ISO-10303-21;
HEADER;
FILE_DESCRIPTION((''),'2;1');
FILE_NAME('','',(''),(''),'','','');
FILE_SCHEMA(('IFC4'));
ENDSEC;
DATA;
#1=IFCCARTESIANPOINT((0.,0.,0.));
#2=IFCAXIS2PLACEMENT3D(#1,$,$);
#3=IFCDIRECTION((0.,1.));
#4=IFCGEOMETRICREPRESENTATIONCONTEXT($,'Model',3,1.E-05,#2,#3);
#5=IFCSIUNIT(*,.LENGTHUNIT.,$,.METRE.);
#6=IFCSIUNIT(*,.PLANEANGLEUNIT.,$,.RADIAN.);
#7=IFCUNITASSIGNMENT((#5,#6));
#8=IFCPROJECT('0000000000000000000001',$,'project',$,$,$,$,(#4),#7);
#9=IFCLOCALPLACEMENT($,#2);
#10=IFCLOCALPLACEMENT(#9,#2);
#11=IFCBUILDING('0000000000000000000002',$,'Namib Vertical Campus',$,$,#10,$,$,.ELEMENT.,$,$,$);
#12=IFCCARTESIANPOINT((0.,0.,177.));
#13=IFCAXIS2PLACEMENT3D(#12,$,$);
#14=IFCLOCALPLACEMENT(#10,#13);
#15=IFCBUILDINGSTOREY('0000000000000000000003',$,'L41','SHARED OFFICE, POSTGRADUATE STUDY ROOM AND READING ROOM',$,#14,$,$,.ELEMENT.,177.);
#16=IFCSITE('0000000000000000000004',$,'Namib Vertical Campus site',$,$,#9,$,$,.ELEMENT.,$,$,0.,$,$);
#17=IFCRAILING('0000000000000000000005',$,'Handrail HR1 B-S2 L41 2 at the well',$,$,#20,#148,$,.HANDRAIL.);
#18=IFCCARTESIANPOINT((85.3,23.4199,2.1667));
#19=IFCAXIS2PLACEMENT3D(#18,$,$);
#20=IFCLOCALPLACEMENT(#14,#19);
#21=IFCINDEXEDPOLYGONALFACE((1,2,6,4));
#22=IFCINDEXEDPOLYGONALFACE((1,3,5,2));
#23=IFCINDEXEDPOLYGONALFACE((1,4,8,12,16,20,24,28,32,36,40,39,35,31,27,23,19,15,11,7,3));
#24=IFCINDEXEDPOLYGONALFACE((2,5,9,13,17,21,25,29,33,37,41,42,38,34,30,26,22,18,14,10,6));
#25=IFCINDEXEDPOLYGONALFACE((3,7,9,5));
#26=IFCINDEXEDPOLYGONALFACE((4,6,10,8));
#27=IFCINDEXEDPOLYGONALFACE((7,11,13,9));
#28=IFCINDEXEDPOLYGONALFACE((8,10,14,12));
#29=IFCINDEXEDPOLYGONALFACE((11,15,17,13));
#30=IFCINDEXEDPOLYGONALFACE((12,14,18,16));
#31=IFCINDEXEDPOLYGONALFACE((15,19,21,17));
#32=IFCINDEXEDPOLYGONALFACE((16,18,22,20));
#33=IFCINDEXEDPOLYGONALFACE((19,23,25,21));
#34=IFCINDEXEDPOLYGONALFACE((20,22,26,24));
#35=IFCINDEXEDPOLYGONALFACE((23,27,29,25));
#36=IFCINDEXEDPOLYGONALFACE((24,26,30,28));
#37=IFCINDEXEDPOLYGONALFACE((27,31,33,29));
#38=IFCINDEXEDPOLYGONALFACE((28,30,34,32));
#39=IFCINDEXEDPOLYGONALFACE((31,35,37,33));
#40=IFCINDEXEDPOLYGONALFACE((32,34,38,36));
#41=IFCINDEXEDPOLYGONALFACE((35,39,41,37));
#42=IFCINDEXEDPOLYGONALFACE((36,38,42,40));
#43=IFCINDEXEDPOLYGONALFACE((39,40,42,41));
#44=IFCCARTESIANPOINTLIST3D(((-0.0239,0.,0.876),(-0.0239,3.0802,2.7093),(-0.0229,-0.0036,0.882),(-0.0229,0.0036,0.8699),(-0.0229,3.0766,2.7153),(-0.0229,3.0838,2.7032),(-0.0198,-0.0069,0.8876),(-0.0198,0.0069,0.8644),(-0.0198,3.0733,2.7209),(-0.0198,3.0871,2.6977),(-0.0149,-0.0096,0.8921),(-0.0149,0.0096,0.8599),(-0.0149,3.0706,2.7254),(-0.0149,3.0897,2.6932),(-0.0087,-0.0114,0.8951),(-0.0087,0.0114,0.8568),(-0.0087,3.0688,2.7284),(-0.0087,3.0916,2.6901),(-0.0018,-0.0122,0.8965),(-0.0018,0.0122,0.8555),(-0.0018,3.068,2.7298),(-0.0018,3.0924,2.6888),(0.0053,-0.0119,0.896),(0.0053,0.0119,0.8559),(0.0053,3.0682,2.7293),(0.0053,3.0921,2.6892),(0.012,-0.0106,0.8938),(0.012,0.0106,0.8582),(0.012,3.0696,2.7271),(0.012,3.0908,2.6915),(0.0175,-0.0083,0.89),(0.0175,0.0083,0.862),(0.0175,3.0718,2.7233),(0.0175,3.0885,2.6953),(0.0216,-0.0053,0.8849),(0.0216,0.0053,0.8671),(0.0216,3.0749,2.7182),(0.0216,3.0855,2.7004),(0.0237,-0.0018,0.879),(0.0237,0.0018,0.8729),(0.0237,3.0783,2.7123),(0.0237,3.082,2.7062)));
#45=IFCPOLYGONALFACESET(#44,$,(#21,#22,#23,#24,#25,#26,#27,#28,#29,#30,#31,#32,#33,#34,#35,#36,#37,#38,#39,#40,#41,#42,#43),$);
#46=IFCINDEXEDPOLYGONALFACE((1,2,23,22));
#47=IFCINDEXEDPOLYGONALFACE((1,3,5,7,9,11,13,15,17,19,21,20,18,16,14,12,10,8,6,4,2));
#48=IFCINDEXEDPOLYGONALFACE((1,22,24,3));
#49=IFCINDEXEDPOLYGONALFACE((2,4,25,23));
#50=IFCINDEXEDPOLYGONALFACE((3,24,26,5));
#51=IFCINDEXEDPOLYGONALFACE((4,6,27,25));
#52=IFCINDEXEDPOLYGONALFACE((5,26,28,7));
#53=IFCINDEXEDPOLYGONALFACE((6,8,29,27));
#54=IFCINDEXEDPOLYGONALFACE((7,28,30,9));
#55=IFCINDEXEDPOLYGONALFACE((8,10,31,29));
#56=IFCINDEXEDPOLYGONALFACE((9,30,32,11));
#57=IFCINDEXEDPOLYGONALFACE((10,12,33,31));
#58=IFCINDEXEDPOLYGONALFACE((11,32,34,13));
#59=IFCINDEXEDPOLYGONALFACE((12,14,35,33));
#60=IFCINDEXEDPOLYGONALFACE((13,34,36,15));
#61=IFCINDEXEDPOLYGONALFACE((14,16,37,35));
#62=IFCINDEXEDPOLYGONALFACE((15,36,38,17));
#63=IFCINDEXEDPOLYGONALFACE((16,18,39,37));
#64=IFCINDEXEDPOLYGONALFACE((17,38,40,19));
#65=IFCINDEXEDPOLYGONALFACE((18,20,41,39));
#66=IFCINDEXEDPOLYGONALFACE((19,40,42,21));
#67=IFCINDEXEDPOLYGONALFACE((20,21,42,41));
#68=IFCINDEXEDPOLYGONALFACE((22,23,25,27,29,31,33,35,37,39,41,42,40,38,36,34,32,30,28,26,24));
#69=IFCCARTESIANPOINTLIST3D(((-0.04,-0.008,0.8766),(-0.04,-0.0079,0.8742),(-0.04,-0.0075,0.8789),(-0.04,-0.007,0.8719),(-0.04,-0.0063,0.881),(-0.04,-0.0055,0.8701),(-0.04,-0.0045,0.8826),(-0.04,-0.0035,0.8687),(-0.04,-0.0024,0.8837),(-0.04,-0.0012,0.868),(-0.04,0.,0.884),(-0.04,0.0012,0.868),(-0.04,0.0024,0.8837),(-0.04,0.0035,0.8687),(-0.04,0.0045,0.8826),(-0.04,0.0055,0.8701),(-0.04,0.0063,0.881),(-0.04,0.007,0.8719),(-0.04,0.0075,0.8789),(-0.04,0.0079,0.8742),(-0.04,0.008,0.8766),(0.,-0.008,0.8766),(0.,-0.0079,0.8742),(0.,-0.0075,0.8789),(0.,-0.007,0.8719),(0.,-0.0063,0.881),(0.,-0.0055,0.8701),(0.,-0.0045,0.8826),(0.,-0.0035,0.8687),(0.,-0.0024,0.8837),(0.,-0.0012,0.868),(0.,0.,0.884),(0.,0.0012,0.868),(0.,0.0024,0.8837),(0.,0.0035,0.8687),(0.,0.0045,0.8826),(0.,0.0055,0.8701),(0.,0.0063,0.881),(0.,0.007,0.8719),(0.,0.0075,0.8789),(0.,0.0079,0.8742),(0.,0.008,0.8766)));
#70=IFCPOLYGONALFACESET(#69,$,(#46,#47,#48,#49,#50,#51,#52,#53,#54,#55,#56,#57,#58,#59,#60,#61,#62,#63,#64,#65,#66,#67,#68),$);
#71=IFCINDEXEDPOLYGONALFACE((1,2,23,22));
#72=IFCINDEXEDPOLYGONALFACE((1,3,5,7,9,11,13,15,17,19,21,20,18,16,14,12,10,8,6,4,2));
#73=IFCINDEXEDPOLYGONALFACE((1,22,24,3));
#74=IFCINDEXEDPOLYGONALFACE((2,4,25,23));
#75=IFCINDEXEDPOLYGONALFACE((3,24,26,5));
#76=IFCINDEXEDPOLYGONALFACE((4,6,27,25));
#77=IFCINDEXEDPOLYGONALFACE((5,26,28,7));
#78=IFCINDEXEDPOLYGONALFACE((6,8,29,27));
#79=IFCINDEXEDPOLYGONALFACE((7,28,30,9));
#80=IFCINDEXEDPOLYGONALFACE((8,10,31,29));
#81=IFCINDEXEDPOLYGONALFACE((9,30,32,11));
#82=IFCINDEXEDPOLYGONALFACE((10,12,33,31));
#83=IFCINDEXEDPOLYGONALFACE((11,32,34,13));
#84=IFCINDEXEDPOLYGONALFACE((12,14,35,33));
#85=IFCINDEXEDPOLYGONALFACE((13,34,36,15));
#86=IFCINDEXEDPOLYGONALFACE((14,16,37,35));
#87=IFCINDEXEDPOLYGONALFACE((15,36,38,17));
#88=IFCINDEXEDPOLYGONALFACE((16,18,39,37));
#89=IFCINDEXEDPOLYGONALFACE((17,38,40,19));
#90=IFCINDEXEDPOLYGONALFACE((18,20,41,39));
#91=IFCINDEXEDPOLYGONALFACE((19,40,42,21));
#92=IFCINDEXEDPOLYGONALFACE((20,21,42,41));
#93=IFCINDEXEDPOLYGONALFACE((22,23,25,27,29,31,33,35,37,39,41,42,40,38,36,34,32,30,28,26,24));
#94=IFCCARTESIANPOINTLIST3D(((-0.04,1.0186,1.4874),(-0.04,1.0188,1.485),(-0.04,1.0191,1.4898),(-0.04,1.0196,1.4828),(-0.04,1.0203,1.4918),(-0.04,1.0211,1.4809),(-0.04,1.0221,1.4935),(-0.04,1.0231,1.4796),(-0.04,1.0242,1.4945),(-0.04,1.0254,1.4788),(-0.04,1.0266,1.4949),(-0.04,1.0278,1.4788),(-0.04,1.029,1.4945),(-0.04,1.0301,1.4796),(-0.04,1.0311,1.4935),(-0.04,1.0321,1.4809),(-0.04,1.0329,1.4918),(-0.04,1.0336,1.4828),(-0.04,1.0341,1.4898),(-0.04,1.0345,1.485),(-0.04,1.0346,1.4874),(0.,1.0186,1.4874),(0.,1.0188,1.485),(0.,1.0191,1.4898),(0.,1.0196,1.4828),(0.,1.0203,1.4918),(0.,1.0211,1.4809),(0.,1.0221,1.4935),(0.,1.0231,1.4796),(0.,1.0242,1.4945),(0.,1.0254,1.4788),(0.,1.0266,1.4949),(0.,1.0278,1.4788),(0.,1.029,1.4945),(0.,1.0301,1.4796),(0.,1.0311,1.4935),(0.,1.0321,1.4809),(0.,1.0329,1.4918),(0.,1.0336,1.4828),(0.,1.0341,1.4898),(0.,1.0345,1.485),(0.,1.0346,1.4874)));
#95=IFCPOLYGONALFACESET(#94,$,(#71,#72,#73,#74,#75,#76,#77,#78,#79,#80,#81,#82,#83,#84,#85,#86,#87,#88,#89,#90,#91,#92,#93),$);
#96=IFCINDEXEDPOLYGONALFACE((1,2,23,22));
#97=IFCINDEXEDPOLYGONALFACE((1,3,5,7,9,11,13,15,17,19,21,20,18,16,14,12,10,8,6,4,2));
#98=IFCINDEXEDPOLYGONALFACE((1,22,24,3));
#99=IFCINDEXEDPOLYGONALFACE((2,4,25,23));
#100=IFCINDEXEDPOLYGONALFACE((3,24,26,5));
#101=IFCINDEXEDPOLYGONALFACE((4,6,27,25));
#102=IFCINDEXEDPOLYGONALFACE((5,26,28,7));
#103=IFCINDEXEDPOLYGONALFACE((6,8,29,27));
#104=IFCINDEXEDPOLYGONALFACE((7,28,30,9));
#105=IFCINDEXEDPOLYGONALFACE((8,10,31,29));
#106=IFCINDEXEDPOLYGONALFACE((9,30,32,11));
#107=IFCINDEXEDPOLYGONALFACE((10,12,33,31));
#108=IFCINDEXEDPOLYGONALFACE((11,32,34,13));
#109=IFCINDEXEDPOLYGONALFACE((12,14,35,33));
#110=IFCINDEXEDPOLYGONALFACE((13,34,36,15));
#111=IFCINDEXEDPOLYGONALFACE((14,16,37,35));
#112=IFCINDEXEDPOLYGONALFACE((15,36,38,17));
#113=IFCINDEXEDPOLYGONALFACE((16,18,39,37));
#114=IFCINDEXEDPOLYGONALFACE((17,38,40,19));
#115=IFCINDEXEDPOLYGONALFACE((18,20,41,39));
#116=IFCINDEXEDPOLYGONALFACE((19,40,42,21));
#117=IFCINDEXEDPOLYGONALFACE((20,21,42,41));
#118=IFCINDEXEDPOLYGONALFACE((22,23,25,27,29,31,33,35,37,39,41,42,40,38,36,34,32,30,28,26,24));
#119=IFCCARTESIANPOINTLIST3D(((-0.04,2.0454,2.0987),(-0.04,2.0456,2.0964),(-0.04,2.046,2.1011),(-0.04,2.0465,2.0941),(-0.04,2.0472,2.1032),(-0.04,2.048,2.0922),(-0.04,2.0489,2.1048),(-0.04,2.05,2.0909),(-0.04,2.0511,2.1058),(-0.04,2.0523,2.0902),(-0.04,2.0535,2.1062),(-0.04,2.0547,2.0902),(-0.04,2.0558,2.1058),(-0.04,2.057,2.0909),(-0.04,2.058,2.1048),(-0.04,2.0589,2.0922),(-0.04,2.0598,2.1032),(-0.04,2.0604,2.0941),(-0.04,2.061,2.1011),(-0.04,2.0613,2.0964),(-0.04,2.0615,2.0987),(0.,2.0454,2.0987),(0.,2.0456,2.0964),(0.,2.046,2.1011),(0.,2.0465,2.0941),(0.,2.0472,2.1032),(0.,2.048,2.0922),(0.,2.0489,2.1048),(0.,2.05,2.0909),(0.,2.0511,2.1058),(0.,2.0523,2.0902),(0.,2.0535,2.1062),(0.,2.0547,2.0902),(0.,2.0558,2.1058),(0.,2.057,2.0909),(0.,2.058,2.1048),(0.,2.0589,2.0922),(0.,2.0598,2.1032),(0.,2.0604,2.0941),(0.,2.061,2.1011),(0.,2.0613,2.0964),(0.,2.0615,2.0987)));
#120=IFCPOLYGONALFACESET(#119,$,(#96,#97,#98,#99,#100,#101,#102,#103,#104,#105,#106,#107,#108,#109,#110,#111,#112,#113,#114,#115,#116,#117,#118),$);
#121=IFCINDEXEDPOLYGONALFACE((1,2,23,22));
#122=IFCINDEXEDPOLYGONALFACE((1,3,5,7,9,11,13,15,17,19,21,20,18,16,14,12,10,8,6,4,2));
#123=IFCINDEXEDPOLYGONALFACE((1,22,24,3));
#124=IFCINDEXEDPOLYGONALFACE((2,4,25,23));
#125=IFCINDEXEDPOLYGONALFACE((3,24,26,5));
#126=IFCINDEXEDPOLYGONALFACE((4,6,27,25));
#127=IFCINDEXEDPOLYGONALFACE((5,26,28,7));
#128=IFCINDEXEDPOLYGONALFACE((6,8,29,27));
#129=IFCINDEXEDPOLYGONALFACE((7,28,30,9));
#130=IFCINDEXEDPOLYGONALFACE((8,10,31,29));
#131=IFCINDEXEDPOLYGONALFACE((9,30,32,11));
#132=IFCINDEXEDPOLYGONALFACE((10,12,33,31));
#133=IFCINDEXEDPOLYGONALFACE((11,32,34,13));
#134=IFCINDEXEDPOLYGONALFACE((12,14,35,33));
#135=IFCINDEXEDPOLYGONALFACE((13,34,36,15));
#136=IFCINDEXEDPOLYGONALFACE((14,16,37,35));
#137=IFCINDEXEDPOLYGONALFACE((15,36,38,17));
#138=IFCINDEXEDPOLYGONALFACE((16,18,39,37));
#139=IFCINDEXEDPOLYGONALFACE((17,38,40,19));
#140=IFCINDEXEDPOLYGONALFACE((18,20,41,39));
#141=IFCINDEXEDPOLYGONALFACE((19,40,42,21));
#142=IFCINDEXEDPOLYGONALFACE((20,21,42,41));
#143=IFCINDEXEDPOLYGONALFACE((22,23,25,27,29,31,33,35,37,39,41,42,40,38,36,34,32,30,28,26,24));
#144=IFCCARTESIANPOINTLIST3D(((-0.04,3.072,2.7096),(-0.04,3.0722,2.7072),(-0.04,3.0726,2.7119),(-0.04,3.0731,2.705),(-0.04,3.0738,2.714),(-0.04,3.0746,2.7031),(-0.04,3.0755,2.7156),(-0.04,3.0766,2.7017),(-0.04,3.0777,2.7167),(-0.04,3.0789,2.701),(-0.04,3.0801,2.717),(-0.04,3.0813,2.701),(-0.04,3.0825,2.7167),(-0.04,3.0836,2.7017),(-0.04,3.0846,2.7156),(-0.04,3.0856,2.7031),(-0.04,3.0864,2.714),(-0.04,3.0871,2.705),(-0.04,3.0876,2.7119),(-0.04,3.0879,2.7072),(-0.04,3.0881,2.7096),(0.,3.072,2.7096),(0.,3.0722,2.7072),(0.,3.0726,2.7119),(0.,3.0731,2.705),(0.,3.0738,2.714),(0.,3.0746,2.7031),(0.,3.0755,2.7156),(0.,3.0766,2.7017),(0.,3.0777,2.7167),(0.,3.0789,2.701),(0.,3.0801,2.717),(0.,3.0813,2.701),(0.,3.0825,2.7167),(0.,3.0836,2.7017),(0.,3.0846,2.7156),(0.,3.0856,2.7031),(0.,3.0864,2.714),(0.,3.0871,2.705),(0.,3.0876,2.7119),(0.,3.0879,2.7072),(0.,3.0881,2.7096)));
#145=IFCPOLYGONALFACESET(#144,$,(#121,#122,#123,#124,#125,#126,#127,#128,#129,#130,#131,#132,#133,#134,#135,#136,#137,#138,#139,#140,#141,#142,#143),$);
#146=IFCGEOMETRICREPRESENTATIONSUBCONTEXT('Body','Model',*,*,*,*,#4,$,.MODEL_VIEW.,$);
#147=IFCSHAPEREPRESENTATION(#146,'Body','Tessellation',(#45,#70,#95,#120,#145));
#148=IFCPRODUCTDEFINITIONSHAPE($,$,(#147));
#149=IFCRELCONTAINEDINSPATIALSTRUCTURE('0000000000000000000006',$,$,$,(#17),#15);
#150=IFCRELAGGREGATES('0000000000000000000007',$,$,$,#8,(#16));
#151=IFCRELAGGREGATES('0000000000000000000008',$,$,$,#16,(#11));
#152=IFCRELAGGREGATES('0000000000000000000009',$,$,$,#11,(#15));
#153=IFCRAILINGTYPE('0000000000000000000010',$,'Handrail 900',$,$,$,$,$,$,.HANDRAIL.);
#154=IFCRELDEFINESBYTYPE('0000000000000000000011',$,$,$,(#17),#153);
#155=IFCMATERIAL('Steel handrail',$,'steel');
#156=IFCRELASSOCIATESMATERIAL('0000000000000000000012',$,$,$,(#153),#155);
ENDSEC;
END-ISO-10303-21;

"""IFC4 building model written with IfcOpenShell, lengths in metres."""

from ifc_helpers import new_model, si_unit, direction, frame, origin, origin_2d, place, context, subcontext, project, spatial, circle, extrude, material, type_object, element, save


model = new_model("IFC4")

# Units and contexts
model_context = context("Model", 3, precision=1e-05, world=origin(), true_north=direction((0.0, 1.0)))
body_context = subcontext(model_context, "Body", "Model", "MODEL_VIEW")
ifc_project = project(units=[si_unit("LENGTHUNIT", "METRE"), si_unit("PLANEANGLEUNIT", "RADIAN")], contexts=[model_context])

# Site, building, storey
site_placement = place(None, origin())
site = spatial("IfcSite", under=ifc_project, at=site_placement, Name="Namib Vertical Campus site", CompositionType="ELEMENT", RefElevation=0.0)
building_placement = place(site_placement, origin())
building = spatial("IfcBuilding", under=site, at=building_placement, Name="Namib Vertical Campus", CompositionType="ELEMENT")
storey_placement = place(building_placement, frame((0.0, 0.0, 177.0)))
storey = spatial("IfcBuildingStorey", under=building, at=storey_placement, Name="L41", Description="SHARED OFFICE, POSTGRADUATE STUDY ROOM AND READING ROOM", CompositionType="ELEMENT", Elevation=177.0)

# Railing
ifc_material_1 = material(Name="Steel handrail", Category="steel")
railing_type_1 = type_object("IfcRailingType", Name="Handrail 900", PredefinedType="HANDRAIL", material=ifc_material_1)
railing_1_placement = place(storey_placement, frame((85.3, 23.4199, 2.1667)))
element("IfcRailing", 1, at=railing_1_placement, inside=storey, type_object=railing_type_1, Name="Handrail HR1 B-S2 L41 2 at the well", PredefinedType="HANDRAIL", context=body_context, shape_type="SweptSolid", body=[
    extrude(circle(Radius=0.0239, at=origin_2d()), frame((0.0, 0.0, 0.876), z_axis=(0.0, 0.859309, 0.511458), x_axis=(-1.0, 0.0, 0.0)), (0.0, 0.0, 1.0), 3.5845),
    extrude(circle(Radius=0.0081, at=origin_2d()), frame((0.0, 0.0, 0.876), z_axis=(-1.0, 0.0, 0.0), x_axis=(0.0, 0.0, 1.0)), (0.0, 0.0, 1.0), 0.04),
    extrude(circle(Radius=0.0081, at=origin_2d()), frame((0.0, 1.0266, 1.4868), z_axis=(-1.0, 0.0, 0.0), x_axis=(0.0, 0.0, 1.0)), (0.0, 0.0, 1.0), 0.04),
    extrude(circle(Radius=0.0081, at=origin_2d()), frame((0.0, 2.0535, 2.0981), z_axis=(-1.0, 0.0, 0.0), x_axis=(0.0, 0.0, 1.0)), (0.0, 0.0, 1.0), 0.04),
    extrude(circle(Radius=0.0081, at=origin_2d()), frame((0.0, 3.0801, 2.709), z_axis=(-1.0, 0.0, 0.0), x_axis=(0.0, 0.0, 1.0)), (0.0, 0.0, 1.0), 0.04),
])

save(model, "model.ifc")
